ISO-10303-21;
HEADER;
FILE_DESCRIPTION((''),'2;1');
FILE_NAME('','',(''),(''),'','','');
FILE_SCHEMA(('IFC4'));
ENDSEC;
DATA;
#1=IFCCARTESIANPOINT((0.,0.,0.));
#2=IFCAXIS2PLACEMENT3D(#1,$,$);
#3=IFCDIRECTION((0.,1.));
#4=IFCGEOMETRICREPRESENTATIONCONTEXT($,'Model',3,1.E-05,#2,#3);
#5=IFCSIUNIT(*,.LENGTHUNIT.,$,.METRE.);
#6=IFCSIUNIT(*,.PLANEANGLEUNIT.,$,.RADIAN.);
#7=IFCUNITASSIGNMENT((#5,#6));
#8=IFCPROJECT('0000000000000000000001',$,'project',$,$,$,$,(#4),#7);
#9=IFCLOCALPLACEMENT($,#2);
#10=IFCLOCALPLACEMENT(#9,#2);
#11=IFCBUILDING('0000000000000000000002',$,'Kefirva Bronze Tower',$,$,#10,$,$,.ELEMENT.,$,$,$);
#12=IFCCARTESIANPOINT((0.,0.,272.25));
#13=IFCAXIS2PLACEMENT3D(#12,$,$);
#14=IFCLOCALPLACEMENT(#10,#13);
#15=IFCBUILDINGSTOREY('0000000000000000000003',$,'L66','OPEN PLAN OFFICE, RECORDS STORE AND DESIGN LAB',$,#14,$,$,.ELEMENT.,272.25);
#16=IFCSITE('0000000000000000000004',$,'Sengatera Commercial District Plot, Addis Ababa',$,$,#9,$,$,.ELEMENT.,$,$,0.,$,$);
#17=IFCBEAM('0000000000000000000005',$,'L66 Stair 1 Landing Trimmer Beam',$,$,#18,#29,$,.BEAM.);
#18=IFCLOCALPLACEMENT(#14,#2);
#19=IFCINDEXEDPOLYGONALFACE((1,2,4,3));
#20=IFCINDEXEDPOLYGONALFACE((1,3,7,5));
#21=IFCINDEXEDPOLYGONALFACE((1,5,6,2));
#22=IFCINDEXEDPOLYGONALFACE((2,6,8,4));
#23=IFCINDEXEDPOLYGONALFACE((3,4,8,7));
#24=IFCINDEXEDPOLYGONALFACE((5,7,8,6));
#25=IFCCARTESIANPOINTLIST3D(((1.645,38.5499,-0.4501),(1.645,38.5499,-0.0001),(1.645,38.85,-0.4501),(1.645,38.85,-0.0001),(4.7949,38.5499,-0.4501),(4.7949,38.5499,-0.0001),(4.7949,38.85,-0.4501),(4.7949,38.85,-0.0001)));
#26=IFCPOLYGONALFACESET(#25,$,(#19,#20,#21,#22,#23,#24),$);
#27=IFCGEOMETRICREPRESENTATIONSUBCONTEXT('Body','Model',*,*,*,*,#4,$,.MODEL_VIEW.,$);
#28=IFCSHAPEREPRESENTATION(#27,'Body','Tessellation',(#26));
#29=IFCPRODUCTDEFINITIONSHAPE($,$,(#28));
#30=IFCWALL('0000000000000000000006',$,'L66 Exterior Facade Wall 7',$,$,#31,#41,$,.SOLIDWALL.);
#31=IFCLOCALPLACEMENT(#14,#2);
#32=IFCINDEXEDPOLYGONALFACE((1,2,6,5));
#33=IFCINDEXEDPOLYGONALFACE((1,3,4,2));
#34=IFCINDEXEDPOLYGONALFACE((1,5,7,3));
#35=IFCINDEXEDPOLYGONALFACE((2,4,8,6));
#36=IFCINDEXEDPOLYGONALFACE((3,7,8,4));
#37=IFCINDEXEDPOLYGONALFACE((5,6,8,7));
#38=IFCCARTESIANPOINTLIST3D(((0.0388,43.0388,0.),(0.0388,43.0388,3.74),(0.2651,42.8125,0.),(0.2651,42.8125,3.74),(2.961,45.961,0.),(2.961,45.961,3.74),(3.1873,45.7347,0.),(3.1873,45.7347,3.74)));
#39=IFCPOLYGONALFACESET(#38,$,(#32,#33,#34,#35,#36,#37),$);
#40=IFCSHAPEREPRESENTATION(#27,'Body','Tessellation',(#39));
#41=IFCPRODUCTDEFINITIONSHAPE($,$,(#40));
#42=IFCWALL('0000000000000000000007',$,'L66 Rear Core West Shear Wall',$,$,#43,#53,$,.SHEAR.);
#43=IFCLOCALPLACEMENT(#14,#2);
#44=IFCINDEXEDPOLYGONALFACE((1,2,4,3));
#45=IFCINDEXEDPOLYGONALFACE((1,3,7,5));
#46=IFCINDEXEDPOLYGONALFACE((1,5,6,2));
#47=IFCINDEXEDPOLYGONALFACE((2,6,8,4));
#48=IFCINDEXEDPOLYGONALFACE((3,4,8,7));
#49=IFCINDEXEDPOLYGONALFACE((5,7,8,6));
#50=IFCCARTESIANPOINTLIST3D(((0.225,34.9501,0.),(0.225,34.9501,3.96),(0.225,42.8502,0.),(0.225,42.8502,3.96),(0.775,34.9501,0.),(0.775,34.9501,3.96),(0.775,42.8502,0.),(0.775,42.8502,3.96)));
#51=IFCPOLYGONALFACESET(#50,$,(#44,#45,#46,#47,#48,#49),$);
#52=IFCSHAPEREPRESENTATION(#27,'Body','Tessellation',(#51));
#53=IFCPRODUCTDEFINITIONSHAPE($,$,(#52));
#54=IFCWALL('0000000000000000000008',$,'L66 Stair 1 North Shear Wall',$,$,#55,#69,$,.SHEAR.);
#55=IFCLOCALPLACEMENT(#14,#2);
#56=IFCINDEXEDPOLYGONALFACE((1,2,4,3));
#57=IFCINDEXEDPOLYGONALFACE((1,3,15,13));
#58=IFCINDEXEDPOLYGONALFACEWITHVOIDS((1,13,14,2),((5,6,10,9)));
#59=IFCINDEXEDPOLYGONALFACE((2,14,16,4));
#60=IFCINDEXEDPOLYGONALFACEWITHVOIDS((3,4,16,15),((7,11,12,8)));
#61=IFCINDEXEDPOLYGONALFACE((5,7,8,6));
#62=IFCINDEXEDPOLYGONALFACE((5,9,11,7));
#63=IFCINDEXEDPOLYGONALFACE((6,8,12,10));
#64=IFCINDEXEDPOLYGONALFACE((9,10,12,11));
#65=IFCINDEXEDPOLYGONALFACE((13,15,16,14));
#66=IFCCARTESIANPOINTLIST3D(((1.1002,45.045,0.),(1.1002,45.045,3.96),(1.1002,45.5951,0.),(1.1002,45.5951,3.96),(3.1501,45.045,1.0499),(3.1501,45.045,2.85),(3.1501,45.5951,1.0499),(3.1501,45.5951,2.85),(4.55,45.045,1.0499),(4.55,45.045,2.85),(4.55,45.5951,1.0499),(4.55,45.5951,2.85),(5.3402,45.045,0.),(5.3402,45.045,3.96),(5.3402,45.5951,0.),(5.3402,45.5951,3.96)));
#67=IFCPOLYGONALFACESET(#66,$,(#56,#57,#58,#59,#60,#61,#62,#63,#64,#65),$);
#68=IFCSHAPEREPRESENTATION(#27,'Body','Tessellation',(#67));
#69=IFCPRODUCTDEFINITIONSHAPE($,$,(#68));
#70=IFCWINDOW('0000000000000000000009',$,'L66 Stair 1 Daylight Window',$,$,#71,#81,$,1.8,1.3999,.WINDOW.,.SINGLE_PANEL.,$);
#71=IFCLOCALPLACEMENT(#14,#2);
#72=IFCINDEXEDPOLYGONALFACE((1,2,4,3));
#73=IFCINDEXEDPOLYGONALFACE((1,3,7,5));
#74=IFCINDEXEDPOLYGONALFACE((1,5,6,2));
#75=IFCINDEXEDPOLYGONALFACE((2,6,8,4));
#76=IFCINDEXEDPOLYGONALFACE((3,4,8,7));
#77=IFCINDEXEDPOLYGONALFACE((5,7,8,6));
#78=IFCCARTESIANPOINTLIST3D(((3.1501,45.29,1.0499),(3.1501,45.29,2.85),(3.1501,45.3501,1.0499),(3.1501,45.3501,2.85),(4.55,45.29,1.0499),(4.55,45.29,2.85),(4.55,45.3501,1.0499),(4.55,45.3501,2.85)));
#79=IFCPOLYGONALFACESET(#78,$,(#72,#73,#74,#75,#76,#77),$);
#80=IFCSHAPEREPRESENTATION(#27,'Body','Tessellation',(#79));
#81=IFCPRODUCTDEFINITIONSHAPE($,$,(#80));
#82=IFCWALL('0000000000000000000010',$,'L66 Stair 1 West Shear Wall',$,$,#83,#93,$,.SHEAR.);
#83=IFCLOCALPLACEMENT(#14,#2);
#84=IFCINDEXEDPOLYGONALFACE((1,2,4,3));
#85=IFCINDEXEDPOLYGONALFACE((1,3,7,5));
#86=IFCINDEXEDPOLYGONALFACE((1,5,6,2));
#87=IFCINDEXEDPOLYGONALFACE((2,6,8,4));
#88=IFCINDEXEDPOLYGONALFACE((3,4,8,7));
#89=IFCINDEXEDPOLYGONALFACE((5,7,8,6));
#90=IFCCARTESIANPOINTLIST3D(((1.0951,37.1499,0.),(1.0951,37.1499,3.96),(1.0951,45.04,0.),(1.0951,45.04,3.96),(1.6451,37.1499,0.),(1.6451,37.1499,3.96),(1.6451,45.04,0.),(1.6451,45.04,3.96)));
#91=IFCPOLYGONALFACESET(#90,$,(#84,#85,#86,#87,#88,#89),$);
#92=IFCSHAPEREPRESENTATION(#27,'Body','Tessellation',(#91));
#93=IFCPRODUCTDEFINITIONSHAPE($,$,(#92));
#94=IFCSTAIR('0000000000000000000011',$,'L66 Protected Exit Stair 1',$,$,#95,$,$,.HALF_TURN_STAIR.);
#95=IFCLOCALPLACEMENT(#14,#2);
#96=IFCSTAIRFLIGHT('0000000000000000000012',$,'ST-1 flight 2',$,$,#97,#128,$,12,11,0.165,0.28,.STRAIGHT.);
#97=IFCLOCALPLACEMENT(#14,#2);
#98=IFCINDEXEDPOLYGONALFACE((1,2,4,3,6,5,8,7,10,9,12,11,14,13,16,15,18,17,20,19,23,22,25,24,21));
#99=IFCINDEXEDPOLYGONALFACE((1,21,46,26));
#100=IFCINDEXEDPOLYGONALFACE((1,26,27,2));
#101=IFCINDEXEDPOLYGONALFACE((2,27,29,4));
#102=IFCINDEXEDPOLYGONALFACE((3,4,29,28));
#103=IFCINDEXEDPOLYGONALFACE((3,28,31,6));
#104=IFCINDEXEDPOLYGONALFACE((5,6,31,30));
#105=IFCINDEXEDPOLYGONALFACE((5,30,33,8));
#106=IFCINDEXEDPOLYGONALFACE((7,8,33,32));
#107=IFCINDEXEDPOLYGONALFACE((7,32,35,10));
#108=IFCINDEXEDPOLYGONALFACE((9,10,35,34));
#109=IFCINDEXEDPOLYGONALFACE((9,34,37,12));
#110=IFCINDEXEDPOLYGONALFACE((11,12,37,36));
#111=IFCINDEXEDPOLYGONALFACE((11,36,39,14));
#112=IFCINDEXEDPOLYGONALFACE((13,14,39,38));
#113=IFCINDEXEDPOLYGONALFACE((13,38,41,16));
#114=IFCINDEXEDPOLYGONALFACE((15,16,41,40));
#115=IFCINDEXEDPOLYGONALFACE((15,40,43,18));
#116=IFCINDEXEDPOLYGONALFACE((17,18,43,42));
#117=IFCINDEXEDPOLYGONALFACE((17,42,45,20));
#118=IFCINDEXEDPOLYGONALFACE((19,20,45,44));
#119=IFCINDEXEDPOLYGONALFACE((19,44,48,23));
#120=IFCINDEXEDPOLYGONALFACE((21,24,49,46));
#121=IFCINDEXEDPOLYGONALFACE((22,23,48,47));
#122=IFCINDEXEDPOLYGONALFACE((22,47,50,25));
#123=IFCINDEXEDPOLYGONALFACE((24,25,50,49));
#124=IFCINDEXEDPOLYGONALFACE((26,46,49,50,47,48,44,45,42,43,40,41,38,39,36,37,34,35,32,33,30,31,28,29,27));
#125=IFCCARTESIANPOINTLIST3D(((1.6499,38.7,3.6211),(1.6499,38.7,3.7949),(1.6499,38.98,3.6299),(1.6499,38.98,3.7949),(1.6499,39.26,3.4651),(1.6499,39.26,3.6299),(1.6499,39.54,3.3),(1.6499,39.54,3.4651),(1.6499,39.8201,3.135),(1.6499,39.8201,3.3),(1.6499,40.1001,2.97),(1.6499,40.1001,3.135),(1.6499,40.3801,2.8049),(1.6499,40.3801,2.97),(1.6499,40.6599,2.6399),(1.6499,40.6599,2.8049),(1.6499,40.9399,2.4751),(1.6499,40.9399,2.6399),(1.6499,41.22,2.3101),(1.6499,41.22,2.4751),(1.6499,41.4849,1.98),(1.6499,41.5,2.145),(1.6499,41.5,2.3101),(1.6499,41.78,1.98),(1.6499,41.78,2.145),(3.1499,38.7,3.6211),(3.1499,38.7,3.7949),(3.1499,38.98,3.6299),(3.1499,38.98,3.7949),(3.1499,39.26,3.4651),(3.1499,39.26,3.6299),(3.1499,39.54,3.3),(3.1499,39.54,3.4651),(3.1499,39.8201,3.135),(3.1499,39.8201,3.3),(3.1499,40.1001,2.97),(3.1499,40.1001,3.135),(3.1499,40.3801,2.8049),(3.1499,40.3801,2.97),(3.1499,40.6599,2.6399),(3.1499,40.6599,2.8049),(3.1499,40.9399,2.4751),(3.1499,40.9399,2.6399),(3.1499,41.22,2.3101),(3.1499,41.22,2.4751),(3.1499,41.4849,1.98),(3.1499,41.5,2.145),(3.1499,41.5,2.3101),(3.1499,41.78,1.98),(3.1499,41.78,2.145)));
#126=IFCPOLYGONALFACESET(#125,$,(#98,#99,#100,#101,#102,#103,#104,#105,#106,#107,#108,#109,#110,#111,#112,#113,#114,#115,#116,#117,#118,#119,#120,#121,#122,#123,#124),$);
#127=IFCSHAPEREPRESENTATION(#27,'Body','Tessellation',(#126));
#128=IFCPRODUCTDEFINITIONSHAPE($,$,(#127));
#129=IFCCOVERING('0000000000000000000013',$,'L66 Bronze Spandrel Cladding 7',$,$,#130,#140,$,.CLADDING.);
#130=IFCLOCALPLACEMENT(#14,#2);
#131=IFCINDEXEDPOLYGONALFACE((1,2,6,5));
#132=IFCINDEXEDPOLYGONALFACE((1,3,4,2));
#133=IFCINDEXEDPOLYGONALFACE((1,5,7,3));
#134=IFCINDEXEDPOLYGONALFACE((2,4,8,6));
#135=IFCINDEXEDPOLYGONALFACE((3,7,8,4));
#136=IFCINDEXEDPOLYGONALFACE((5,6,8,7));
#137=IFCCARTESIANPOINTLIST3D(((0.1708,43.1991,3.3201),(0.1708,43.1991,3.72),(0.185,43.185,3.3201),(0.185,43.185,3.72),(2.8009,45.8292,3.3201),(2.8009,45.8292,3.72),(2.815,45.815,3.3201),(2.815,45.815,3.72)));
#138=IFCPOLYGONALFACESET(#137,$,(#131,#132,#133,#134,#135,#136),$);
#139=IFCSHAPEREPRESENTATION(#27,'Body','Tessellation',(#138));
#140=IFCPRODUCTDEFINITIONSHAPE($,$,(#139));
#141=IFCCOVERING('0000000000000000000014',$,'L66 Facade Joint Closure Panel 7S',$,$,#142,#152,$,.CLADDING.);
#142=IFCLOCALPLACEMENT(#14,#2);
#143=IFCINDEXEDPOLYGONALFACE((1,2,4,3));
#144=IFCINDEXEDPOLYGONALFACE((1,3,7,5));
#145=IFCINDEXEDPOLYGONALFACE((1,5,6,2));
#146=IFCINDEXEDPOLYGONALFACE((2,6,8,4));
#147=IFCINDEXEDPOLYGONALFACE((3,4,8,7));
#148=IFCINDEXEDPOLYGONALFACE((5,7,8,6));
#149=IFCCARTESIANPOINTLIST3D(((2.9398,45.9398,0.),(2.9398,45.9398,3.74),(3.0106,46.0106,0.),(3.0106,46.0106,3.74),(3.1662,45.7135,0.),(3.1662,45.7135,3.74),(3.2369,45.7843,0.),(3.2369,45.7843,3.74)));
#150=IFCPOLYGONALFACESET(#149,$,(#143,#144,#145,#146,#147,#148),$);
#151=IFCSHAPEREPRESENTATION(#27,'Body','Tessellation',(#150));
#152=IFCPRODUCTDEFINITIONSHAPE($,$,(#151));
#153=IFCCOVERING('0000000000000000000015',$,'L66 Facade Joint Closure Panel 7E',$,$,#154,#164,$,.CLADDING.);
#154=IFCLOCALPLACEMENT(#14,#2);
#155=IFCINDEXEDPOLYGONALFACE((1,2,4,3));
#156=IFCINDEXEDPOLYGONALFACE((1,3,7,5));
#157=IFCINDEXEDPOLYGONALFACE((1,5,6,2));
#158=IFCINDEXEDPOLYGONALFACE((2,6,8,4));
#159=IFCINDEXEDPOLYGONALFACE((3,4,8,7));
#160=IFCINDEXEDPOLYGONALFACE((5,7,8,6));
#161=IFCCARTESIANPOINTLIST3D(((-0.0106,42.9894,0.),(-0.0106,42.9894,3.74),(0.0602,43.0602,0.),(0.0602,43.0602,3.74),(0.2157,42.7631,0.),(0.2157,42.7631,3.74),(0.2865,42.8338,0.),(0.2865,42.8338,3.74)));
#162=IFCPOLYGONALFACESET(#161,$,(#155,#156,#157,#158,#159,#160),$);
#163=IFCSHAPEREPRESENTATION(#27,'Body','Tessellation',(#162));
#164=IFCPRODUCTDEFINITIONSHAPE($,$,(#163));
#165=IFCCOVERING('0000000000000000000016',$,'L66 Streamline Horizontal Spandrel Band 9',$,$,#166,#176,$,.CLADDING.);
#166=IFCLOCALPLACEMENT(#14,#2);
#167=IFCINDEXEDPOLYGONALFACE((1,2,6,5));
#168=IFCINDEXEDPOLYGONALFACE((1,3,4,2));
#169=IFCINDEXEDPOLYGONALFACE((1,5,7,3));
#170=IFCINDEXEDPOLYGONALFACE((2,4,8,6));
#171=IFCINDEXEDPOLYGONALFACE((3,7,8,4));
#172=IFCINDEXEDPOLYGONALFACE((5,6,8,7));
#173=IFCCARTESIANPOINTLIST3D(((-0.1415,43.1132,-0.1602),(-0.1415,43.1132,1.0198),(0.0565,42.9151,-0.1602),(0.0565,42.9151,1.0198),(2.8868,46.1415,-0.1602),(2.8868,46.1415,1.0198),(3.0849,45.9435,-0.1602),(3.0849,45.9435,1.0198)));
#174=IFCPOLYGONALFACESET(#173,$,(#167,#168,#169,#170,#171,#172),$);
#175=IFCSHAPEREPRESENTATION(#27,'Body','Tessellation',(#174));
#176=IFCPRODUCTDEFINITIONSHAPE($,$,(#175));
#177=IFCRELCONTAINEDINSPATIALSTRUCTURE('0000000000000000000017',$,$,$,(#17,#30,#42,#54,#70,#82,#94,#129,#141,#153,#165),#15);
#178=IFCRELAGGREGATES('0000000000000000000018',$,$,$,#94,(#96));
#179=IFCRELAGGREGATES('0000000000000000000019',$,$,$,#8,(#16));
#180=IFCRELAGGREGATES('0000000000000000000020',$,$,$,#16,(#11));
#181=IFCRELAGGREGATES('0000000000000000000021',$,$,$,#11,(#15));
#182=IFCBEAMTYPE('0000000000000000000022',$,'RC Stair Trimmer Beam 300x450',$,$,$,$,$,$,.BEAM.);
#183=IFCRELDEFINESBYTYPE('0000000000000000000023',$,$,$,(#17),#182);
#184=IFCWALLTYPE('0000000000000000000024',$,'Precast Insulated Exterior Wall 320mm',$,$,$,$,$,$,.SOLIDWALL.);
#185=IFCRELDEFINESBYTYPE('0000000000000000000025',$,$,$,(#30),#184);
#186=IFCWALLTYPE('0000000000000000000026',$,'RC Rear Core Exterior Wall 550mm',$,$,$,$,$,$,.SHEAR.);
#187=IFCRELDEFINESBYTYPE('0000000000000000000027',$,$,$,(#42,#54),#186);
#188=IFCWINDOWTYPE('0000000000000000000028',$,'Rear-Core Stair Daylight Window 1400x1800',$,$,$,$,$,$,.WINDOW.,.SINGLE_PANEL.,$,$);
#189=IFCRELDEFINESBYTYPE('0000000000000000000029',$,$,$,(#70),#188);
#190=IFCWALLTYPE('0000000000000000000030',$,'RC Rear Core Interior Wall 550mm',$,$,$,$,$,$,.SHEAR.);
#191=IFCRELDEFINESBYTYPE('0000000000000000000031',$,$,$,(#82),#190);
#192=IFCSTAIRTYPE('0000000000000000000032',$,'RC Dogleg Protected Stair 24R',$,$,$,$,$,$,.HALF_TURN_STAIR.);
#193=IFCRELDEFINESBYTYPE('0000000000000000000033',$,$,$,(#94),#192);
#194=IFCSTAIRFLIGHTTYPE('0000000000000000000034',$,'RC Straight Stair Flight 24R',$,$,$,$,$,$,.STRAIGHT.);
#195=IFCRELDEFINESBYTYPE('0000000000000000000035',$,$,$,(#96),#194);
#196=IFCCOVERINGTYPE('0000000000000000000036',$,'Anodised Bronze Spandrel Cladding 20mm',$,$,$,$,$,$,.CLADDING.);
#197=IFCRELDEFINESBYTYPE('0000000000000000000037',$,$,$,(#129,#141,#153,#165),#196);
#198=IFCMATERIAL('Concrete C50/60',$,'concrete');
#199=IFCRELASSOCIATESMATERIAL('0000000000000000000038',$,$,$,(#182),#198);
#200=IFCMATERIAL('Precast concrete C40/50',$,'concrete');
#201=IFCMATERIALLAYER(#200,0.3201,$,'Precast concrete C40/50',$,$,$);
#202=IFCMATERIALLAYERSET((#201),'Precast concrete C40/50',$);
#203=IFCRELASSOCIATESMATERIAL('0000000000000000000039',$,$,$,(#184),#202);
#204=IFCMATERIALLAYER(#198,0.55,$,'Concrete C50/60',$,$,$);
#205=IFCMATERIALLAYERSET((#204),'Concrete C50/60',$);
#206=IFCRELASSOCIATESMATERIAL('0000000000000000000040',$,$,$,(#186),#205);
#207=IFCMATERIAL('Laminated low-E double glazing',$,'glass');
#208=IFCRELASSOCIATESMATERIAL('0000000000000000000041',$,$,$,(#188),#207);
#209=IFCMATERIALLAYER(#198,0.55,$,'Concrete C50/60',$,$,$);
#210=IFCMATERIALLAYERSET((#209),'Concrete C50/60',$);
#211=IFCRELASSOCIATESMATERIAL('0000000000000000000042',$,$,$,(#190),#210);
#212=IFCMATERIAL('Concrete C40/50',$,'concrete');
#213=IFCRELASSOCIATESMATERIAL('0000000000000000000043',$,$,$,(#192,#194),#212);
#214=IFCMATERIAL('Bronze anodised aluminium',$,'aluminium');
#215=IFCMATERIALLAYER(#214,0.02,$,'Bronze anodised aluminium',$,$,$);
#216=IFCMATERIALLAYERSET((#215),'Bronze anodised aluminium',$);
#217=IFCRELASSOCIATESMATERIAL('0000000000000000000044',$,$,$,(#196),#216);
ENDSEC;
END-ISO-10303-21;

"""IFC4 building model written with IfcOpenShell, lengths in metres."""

from ifc_helpers import new_model, si_unit, direction, frame, frame_2d, origin, origin_2d, place, context, subcontext, project, spatial, polyline, rectangle, outline, extrude, material, layer, layer_set, material_profile, profile_set, type_object, element, fill, aggregate, save


model = new_model("IFC4")

# Units and contexts
model_context = context("Model", 3, precision=1e-05, world=origin(), true_north=direction((0.0, 1.0)))
body_context = subcontext(model_context, "Body", "Model", "MODEL_VIEW")
ifc_project = project(units=[si_unit("LENGTHUNIT", "METRE"), si_unit("PLANEANGLEUNIT", "RADIAN")], contexts=[model_context])

# Site, building, storey
site_placement = place(None, origin())
site = spatial("IfcSite", under=ifc_project, at=site_placement, Name="Sengatera Commercial District Plot, Addis Ababa", CompositionType="ELEMENT", RefElevation=0.0)
building_placement = place(site_placement, origin())
building = spatial("IfcBuilding", under=site, at=building_placement, Name="Kefirva Bronze Tower", CompositionType="ELEMENT")
storey_placement = place(building_placement, frame((0.0, 0.0, 272.25)))
storey = spatial("IfcBuildingStorey", under=building, at=storey_placement, Name="L66", Description="OPEN PLAN OFFICE, RECORDS STORE AND DESIGN LAB", CompositionType="ELEMENT", Elevation=272.25)

# Beam
ifc_material_1 = material(Name="Concrete C50/60", Category="concrete")
ifc_material_profile = material_profile(ifc_material_1, rectangle(XDim=0.3, YDim=0.45, at=origin_2d()), Name="RC 300x450")
ifc_profile_set = profile_set([ifc_material_profile], Name="Concrete C50/60")
beam_type = type_object("IfcBeamType", Name="RC Stair Trimmer Beam 300x450", PredefinedType="BEAM", material=ifc_profile_set)
beam_placement = place(storey_placement, frame((1.645, 38.7, -0.2251), z_axis=(1.0, 0.0, 0.0), x_axis=(0.0, 1.0, 0.0)))
element("IfcBeam", 1, at=beam_placement, inside=storey, type_object=beam_type, Name="L66 Stair 1 Landing Trimmer Beam", PredefinedType="BEAM", context=body_context, shape_type="SweptSolid", body=[
    extrude(rectangle(XDim=0.3, YDim=0.45, at=origin_2d()), origin(), (0.0, 0.0, 1.0), 3.1499),
])

# Walls
ifc_material_2 = material(Name="Precast concrete C40/50", Category="concrete")
ifc_layer_1 = layer(ifc_material_2, 0.3201, Name="Precast concrete C40/50")
ifc_layer_set_1 = layer_set([ifc_layer_1], Name="Precast concrete C40/50")
wall_type_1 = type_object("IfcWallType", Name="Precast Insulated Exterior Wall 320mm", PredefinedType="SOLIDWALL", material=ifc_layer_set_1)
wall_1_placement = place(storey_placement, frame((3.0742, 45.8479, 0.0), z_axis=(0.0, 0.0, 1.0), x_axis=(-0.707107, -0.707107, 0.0)))
element("IfcWall", 2, at=wall_1_placement, inside=storey, type_object=wall_type_1, Name="L66 Exterior Facade Wall 7", PredefinedType="SOLIDWALL", context=body_context, shape_type="SweptSolid", body=[
    extrude(rectangle(XDim=4.1326, YDim=0.3201, at=frame_2d((2.0664, 0.0))), origin(), (0.0, 0.0, 1.0), 3.74),
])
ifc_layer_2 = layer(ifc_material_1, 0.55, Name="Concrete C50/60")
ifc_layer_set_2 = layer_set([ifc_layer_2], Name="Concrete C50/60")
wall_type_2 = type_object("IfcWallType", Name="RC Rear Core Exterior Wall 550mm", PredefinedType="SHEAR", material=ifc_layer_set_2)
wall_2_placement = place(storey_placement, frame((0.5, 34.95, 0.0), z_axis=(0.0, 0.0, 1.0), x_axis=(0.0, 1.0, 0.0)))
element("IfcWall", 3, at=wall_2_placement, inside=storey, type_object=wall_type_2, Name="L66 Rear Core West Shear Wall", PredefinedType="SHEAR", context=body_context, shape_type="SweptSolid", body=[
    extrude(rectangle(XDim=7.9001, YDim=0.55, at=frame_2d((3.9502, 0.0))), origin(), (0.0, 0.0, 1.0), 3.96),
])

# Wall, opening, window
wall_3_placement = place(storey_placement, frame((1.1001, 45.3201, 0.0), z_axis=(0.0, 0.0, 1.0), x_axis=(1.0, 0.0, 0.0)))
wall_3 = element("IfcWall", 4, at=wall_3_placement, inside=storey, type_object=wall_type_2, Name="L66 Stair 1 North Shear Wall", PredefinedType="SHEAR", context=body_context, shape_type="SweptSolid", body=[
    extrude(rectangle(XDim=4.24, YDim=0.55, at=frame_2d((2.1201, 0.0))), origin(), (0.0, 0.0, 1.0), 3.96),
])
opening_1_placement = place(wall_3_placement, frame((2.05, 0.0, 1.05)))
opening_1 = element("IfcOpeningElement", 5, at=opening_1_placement, cuts=wall_3, PredefinedType="OPENING", context=body_context, shape_type="SweptSolid", body=[
    extrude(rectangle(XDim=1.3999, YDim=1.8, at=frame_2d((0.7, 0.8999))), frame((0.0, 0.2852, 0.0), z_axis=(0.0, -1.0, 0.0), x_axis=(1.0, 0.0, 0.0)), (0.0, 0.0, 1.0), 0.5701),
])
ifc_material_3 = material(Name="Laminated low-E double glazing", Category="glass")
window_type = type_object("IfcWindowType", Name="Rear-Core Stair Daylight Window 1400x1800", PartitioningType="SINGLE_PANEL", PredefinedType="WINDOW", material=ifc_material_3)
window_placement = place(opening_1_placement, origin())
window = element("IfcWindow", 6, at=window_placement, inside=storey, type_object=window_type, Name="L66 Stair 1 Daylight Window", OverallHeight=1.8, OverallWidth=1.3999, PartitioningType="SINGLE_PANEL", PredefinedType="WINDOW", context=body_context, shape_type="SweptSolid", body=[
    extrude(rectangle(XDim=1.3999, YDim=1.8, at=frame_2d((0.7, 0.8999))), frame((0.0, 0.03, 0.0), z_axis=(0.0, -1.0, 0.0), x_axis=(1.0, 0.0, 0.0)), (0.0, 0.0, 1.0), 0.0601),
])
fill(opening_1, window)

# Wall
ifc_layer_3 = layer(ifc_material_1, 0.55, Name="Concrete C50/60")
ifc_layer_set_3 = layer_set([ifc_layer_3], Name="Concrete C50/60")
wall_type_3 = type_object("IfcWallType", Name="RC Rear Core Interior Wall 550mm", PredefinedType="SHEAR", material=ifc_layer_set_3)
wall_4_placement = place(storey_placement, frame((1.3701, 37.1499, 0.0), z_axis=(0.0, 0.0, 1.0), x_axis=(0.0, 1.0, 0.0)))
element("IfcWall", 7, at=wall_4_placement, inside=storey, type_object=wall_type_3, Name="L66 Stair 1 West Shear Wall", PredefinedType="SHEAR", context=body_context, shape_type="SweptSolid", body=[
    extrude(rectangle(XDim=7.8901, YDim=0.55, at=frame_2d((3.9451, 0.0))), origin(), (0.0, 0.0, 1.0), 3.96),
])

# Stair, stair flight
ifc_material_4 = material(Name="Concrete C40/50", Category="concrete")
stair_type = type_object("IfcStairType", Name="RC Dogleg Protected Stair 24R", PredefinedType="HALF_TURN_STAIR", material=ifc_material_4)
stair_placement = place(storey_placement, origin())
stair = element("IfcStair", 8, at=stair_placement, inside=storey, type_object=stair_type, Name="L66 Protected Exit Stair 1", PredefinedType="HALF_TURN_STAIR")
stair_flight_type = type_object("IfcStairFlightType", Name="RC Straight Stair Flight 24R", PredefinedType="STRAIGHT", material=ifc_material_4)
stair_flight_placement = place(storey_placement, frame((2.3999, 41.78, 1.98), z_axis=(0.0, 0.0, 1.0), x_axis=(0.0, -1.0, 0.0)))
stair_flight = element("IfcStairFlight", 9, at=stair_flight_placement, type_object=stair_flight_type, Name="ST-1 flight 2", NumberOfRisers=12, NumberOfTreads=11, PredefinedType="STRAIGHT", RiserHeight=0.165, TreadLength=0.28, context=body_context, shape_type="SweptSolid", body=[
    extrude(outline(polyline([(0.0, 0.0), (0.0, 0.165), (0.28, 0.165), (0.28, 0.3301), (0.5601, 0.3301), (0.5601, 0.4951), (0.8401, 0.4951), (0.8401, 0.6599), (1.1201, 0.6599), (1.1201, 0.825), (1.3999, 0.825), (1.3999, 0.99), (1.6799, 0.99), (1.6799, 1.155), (1.96, 1.155), (1.96, 1.3201), (2.24, 1.3201), (2.24, 1.4851), (2.52, 1.4851), (2.52, 1.6499), (2.8, 1.6499), (2.8, 1.8149), (3.0801, 1.8149), (3.0801, 1.98), (3.0801, 1.6411), (0.2952, 0.0), (0.0, 0.0)])), frame((0.0, 0.75, 0.0), z_axis=(0.0, -1.0, 0.0), x_axis=(1.0, 0.0, 0.0)), (0.0, 0.0, 1.0), 1.5),
])
aggregate(stair, [stair_flight])

# Coverings
ifc_material_5 = material(Name="Bronze anodised aluminium", Category="aluminium")
ifc_layer_4 = layer(ifc_material_5, 0.02, Name="Bronze anodised aluminium")
ifc_layer_set_4 = layer_set([ifc_layer_4], Name="Bronze anodised aluminium")
covering_type_1 = type_object("IfcCoveringType", Name="Anodised Bronze Spandrel Cladding 20mm", PredefinedType="CLADDING", material=ifc_layer_set_4)
covering_1_placement = place(storey_placement, frame((1.4929, 44.5071, 3.3201), z_axis=(0.0, 0.0, 1.0), x_axis=(-0.707107, -0.707107, 0.0)))
element("IfcCovering", 10, at=covering_1_placement, inside=storey, type_object=covering_type_1, Name="L66 Bronze Spandrel Cladding 7", PredefinedType="CLADDING", context=body_context, shape_type="SweptSolid", body=[
    extrude(rectangle(XDim=3.7195, YDim=0.02, at=origin_2d()), origin(), (0.0, 0.0, 1.0), 0.3999),
])
for number, where, z_axis, x_axis, name in (
    (11, (3.0884, 45.8621, 0.0), (0.0, 0.0, 1.0), (-0.707107, -0.707107, 0.0), "L66 Facade Joint Closure Panel 7S"),
    (12, (0.1379, 42.9116, 0.0), (0.0, 0.0, 1.0), (-0.707107, -0.707107, 0.0), "L66 Facade Joint Closure Panel 7E"),
):
    element("IfcCovering", number, at=place(storey_placement, frame(where, z_axis=z_axis, x_axis=x_axis)), inside=storey, type_object=covering_type_1, Name=name, PredefinedType="CLADDING", context=body_context, shape_type="SweptSolid", body=[
        extrude(rectangle(XDim=0.1001, YDim=0.3201, at=origin_2d()), origin(), (0.0, 0.0, 1.0), 3.74),
    ])
covering_2_placement = place(storey_placement, frame((1.4717, 44.5283, -0.1602), z_axis=(0.0, 0.0, 1.0), x_axis=(-0.707107, -0.707107, 0.0)))
element("IfcCovering", 13, at=covering_2_placement, inside=storey, type_object=covering_type_1, Name="L66 Streamline Horizontal Spandrel Band 9", PredefinedType="CLADDING", context=body_context, shape_type="SweptSolid", body=[
    extrude(rectangle(XDim=4.2827, YDim=0.28, at=origin_2d()), origin(), (0.0, 0.0, 1.0), 1.1799),
])

save(model, "model.ifc")
